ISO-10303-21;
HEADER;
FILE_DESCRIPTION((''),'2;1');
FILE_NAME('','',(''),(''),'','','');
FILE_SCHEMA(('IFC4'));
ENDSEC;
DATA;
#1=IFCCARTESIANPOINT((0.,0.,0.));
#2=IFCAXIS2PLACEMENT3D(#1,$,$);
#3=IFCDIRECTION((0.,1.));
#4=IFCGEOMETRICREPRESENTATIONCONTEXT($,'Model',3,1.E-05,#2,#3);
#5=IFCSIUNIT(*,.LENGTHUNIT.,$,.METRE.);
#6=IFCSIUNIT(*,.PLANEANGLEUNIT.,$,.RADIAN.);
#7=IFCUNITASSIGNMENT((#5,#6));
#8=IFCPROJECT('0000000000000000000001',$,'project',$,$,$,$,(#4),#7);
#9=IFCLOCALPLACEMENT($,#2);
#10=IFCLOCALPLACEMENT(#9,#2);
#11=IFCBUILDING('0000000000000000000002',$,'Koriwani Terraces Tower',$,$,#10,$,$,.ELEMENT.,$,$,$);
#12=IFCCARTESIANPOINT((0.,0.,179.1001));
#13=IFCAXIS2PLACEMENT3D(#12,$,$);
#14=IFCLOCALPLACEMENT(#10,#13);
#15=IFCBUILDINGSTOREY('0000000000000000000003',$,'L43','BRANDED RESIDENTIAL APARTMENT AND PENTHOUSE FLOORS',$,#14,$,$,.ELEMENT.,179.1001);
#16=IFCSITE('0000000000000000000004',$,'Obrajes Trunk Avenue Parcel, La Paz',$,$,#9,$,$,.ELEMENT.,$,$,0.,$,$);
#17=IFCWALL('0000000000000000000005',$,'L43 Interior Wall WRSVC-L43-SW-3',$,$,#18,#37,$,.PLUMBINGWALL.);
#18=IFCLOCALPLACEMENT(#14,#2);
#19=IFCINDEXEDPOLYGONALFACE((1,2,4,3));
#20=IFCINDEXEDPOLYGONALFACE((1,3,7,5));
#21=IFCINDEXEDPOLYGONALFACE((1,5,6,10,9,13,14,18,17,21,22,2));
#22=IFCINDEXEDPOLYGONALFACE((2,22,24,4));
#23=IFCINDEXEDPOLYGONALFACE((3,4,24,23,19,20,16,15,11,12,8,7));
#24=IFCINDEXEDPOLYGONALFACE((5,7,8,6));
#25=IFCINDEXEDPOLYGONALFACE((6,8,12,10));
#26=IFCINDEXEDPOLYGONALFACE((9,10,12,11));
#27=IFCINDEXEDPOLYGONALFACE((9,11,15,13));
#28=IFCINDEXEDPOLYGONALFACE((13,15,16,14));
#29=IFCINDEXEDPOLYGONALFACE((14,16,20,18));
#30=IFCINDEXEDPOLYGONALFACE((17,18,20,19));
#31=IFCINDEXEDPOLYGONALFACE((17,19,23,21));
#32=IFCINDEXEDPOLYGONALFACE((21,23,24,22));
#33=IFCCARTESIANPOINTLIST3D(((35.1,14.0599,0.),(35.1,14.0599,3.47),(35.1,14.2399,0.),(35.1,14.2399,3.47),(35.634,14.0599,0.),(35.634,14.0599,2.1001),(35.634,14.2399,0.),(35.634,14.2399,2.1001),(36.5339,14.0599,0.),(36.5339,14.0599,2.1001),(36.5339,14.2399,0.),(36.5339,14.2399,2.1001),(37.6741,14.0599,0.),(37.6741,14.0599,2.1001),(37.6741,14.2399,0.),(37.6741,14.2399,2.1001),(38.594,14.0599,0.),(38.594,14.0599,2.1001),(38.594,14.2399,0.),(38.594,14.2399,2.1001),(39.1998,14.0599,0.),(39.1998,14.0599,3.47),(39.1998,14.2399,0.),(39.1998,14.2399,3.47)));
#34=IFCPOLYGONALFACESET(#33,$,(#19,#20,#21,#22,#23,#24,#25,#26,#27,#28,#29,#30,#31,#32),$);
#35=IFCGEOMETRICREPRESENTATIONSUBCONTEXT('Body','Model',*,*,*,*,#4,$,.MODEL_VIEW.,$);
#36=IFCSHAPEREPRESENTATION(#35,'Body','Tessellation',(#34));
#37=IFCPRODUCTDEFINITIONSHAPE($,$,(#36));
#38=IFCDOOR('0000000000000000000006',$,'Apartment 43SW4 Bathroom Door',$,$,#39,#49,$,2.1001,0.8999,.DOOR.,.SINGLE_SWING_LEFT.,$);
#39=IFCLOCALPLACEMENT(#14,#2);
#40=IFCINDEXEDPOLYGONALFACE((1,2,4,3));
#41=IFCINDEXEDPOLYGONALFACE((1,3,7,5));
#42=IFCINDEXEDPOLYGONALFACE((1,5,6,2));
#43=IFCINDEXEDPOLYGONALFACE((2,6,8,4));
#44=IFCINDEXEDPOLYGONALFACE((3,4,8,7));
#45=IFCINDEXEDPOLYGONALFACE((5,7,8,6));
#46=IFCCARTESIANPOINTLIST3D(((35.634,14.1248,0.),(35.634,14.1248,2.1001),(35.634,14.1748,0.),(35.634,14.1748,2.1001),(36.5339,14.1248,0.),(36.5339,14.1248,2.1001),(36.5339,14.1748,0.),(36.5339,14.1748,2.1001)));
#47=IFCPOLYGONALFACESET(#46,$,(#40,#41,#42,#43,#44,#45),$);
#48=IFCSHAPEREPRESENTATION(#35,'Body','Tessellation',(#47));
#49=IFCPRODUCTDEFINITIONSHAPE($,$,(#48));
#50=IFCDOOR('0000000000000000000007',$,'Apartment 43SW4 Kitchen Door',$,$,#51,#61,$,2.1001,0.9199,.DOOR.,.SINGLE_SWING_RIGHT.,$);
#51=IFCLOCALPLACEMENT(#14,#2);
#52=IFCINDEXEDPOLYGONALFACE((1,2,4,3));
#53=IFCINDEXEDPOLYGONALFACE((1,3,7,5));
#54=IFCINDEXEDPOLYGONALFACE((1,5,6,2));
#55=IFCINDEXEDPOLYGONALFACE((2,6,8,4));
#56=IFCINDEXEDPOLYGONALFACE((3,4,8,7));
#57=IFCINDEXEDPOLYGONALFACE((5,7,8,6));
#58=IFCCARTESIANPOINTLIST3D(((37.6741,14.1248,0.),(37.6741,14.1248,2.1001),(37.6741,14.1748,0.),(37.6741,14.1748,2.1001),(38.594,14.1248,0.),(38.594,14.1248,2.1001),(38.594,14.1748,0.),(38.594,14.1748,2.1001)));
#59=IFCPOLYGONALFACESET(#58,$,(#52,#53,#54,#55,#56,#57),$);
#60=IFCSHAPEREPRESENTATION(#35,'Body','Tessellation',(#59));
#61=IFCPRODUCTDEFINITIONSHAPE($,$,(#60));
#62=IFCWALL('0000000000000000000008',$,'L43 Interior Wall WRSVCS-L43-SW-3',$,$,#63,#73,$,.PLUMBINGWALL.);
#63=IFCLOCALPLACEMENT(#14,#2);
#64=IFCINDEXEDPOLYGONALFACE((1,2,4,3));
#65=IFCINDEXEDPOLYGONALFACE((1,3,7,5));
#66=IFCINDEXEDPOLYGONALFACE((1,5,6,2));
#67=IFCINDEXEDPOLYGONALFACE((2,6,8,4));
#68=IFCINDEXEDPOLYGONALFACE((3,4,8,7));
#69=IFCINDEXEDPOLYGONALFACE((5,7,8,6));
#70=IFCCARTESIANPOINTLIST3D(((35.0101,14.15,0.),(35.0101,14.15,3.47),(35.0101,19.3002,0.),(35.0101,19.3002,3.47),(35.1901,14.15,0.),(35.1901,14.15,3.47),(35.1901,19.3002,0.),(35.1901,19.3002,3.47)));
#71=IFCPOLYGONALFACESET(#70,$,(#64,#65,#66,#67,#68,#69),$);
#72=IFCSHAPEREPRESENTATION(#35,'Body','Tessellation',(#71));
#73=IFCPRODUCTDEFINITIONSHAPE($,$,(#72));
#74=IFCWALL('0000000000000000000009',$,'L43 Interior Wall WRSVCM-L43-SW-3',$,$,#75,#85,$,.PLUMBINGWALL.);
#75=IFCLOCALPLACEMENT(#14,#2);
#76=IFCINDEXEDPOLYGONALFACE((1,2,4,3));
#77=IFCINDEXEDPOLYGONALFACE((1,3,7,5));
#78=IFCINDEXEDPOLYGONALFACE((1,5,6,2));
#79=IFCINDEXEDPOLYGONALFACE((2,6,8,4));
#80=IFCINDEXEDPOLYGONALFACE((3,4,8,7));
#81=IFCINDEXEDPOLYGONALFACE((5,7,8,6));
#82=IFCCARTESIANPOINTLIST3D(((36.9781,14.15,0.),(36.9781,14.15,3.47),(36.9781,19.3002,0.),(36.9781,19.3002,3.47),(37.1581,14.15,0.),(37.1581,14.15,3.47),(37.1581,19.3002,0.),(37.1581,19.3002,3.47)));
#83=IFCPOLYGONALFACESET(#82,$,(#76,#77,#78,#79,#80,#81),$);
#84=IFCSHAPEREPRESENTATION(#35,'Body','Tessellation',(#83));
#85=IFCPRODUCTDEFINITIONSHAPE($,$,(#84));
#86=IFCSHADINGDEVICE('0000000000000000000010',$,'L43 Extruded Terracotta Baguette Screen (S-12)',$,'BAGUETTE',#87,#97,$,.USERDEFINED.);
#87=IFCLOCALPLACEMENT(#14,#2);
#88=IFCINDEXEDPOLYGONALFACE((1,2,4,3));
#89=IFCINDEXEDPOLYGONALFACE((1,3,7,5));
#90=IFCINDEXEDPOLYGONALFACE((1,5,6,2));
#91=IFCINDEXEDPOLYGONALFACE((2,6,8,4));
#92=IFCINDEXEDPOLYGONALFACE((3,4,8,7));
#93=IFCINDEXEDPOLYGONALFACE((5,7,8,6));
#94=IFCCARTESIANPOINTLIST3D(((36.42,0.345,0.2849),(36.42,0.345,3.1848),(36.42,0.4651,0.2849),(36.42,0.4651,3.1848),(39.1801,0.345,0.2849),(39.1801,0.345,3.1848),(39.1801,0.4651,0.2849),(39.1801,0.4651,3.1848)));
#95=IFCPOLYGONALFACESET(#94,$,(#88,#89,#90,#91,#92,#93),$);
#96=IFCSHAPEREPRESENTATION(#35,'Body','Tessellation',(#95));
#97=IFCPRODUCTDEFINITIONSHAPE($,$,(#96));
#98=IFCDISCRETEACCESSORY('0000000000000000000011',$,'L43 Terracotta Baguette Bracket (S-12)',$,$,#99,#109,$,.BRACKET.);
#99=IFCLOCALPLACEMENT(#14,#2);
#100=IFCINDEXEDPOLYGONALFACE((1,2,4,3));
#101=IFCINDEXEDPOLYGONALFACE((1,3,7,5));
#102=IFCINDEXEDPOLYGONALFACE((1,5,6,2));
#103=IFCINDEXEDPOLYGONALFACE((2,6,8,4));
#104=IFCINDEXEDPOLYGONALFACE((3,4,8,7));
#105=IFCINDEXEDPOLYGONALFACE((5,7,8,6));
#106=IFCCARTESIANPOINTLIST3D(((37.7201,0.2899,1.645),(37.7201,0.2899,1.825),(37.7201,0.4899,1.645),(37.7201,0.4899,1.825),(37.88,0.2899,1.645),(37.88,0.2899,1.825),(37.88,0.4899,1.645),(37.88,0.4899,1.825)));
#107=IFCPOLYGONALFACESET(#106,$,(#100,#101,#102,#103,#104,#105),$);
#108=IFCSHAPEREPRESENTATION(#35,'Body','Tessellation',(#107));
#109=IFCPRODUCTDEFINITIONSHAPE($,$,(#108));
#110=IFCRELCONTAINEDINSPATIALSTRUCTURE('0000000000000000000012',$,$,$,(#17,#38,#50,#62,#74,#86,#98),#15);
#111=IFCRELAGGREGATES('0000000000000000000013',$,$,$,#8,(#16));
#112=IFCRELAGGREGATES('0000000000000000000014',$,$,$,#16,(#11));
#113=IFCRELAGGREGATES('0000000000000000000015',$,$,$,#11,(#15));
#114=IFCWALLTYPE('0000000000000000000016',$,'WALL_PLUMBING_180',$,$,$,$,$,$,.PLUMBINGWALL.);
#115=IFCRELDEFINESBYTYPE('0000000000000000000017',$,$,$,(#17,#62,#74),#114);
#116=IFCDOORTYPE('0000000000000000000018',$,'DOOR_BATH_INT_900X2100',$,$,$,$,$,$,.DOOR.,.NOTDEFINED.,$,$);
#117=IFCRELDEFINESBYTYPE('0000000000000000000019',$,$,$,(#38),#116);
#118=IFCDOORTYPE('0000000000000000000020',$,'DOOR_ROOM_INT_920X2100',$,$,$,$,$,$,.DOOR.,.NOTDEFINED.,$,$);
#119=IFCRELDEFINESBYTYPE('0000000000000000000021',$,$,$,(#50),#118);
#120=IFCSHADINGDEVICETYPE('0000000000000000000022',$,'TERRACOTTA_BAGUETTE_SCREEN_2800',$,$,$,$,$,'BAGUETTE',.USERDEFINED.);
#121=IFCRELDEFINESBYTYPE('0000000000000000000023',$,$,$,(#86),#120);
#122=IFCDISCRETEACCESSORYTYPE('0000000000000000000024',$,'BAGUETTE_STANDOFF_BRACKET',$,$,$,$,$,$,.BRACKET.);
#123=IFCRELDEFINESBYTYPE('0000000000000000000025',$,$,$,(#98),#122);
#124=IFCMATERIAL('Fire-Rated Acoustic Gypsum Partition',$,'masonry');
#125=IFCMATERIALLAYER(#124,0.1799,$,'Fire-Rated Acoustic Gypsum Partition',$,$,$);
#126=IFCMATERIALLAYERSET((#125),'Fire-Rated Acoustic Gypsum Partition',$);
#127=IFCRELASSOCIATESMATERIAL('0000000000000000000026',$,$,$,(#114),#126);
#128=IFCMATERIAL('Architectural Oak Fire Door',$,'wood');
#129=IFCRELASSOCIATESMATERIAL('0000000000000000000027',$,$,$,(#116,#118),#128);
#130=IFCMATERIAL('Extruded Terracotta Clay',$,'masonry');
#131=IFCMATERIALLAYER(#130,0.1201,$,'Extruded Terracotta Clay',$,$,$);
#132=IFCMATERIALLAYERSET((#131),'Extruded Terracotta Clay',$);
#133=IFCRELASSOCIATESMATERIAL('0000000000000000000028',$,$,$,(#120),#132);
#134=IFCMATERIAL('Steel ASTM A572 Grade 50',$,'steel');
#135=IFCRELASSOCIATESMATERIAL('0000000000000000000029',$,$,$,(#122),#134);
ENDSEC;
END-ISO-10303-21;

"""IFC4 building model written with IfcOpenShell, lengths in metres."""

from ifc_helpers import new_model, si_unit, direction, frame, frame_2d, origin, origin_2d, place, context, subcontext, project, spatial, rectangle, extrude, material, layer, layer_set, type_object, element, fill, save


model = new_model("IFC4")

# Units and contexts
model_context = context("Model", 3, precision=1e-05, world=origin(), true_north=direction((0.0, 1.0)))
body_context = subcontext(model_context, "Body", "Model", "MODEL_VIEW")
ifc_project = project(units=[si_unit("LENGTHUNIT", "METRE"), si_unit("PLANEANGLEUNIT", "RADIAN")], contexts=[model_context])

# Site, building, storey
site_placement = place(None, origin())
site = spatial("IfcSite", under=ifc_project, at=site_placement, Name="Obrajes Trunk Avenue Parcel, La Paz", CompositionType="ELEMENT", RefElevation=0.0)
building_placement = place(site_placement, origin())
building = spatial("IfcBuilding", under=site, at=building_placement, Name="Koriwani Terraces Tower", CompositionType="ELEMENT")
storey_placement = place(building_placement, frame((0.0, 0.0, 179.1001)))
storey = spatial("IfcBuildingStorey", under=building, at=storey_placement, Name="L43", Description="BRANDED RESIDENTIAL APARTMENT AND PENTHOUSE FLOORS", CompositionType="ELEMENT", Elevation=179.1001)

# Shared definitions
ifc_material_1 = material(Name="Steel ASTM A572 Grade 50", Category="steel")

# Shared definitions
ifc_material_2 = material(Name="Fire-Rated Acoustic Gypsum Partition", Category="masonry")
ifc_layer_1 = layer(ifc_material_2, 0.1799, Name="Fire-Rated Acoustic Gypsum Partition")
ifc_layer_set_1 = layer_set([ifc_layer_1], Name="Fire-Rated Acoustic Gypsum Partition")
wall_type_1 = type_object("IfcWallType", Name="WALL_PLUMBING_180", PredefinedType="PLUMBINGWALL", material=ifc_layer_set_1)
ifc_material_3 = material(Name="Architectural Oak Fire Door", Category="wood")
door_type_1 = type_object("IfcDoorType", Name="DOOR_BATH_INT_900X2100", OperationType="NOTDEFINED", PredefinedType="DOOR", material=ifc_material_3)
door_type_2 = type_object("IfcDoorType", Name="DOOR_ROOM_INT_920X2100", OperationType="NOTDEFINED", PredefinedType="DOOR", material=ifc_material_3)

# Wall, openings, doors
wall_1_placement = place(storey_placement, frame((35.1001, 14.1499, 0.0), z_axis=(0.0, 0.0, 1.0), x_axis=(1.0, 0.0, 0.0)))
wall_1 = element("IfcWall", 1, at=wall_1_placement, inside=storey, type_object=wall_type_1, Name="L43 Interior Wall WRSVC-L43-SW-3", PredefinedType="PLUMBINGWALL", context=body_context, shape_type="SweptSolid", body=[
    extrude(rectangle(XDim=4.0999, YDim=0.1799, at=frame_2d((2.0498, 0.0))), origin(), (0.0, 0.0, 1.0), 3.47),
])
opening_1_placement = place(wall_1_placement, frame((0.5339, 0.0, 0.0)))
opening_1 = element("IfcOpeningElement", 2, at=opening_1_placement, cuts=wall_1, PredefinedType="OPENING", context=body_context, shape_type="SweptSolid", body=[
    extrude(rectangle(XDim=0.8999, YDim=2.1001, at=frame_2d((0.45, 1.05))), frame((0.0, 0.1001, 0.0), z_axis=(0.0, -1.0, 0.0), x_axis=(1.0, 0.0, 0.0)), (0.0, 0.0, 1.0), 0.2),
])
opening_2_placement = place(wall_1_placement, frame((2.574, 0.0, 0.0)))
opening_2 = element("IfcOpeningElement", 3, at=opening_2_placement, cuts=wall_1, PredefinedType="OPENING", context=body_context, shape_type="SweptSolid", body=[
    extrude(rectangle(XDim=0.9199, YDim=2.1001, at=frame_2d((0.46, 1.05))), frame((0.0, 0.1001, 0.0), z_axis=(0.0, -1.0, 0.0), x_axis=(1.0, 0.0, 0.0)), (0.0, 0.0, 1.0), 0.2),
])
door_1_placement = place(opening_1_placement, origin())
door_1 = element("IfcDoor", 4, at=door_1_placement, inside=storey, type_object=door_type_1, Name="Apartment 43SW4 Bathroom Door", OperationType="SINGLE_SWING_LEFT", OverallHeight=2.1001, OverallWidth=0.8999, PredefinedType="DOOR", context=body_context, shape_type="SweptSolid", body=[
    extrude(rectangle(XDim=0.8999, YDim=2.1001, at=frame_2d((0.45, 1.05))), frame((0.0, 0.0249, 0.0), z_axis=(0.0, -1.0, 0.0), x_axis=(1.0, 0.0, 0.0)), (0.0, 0.0, 1.0), 0.05),
])
fill(opening_1, door_1)
door_2_placement = place(opening_2_placement, origin())
door_2 = element("IfcDoor", 5, at=door_2_placement, inside=storey, type_object=door_type_2, Name="Apartment 43SW4 Kitchen Door", OperationType="SINGLE_SWING_RIGHT", OverallHeight=2.1001, OverallWidth=0.9199, PredefinedType="DOOR", context=body_context, shape_type="SweptSolid", body=[
    extrude(rectangle(XDim=0.9199, YDim=2.1001, at=frame_2d((0.46, 1.05))), frame((0.0, 0.0249, 0.0), z_axis=(0.0, -1.0, 0.0), x_axis=(1.0, 0.0, 0.0)), (0.0, 0.0, 1.0), 0.05),
])
fill(opening_2, door_2)

# Walls
for number, where, z_axis, x_axis, name in (
    (6, (35.1001, 14.1499, 0.0), (0.0, 0.0, 1.0), (0.0, 1.0, 0.0), "L43 Interior Wall WRSVCS-L43-SW-3"),
    (7, (37.0681, 14.1499, 0.0), (0.0, 0.0, 1.0), (0.0, 1.0, 0.0), "L43 Interior Wall WRSVCM-L43-SW-3"),
):
    element("IfcWall", number, at=place(storey_placement, frame(where, z_axis=z_axis, x_axis=x_axis)), inside=storey, type_object=wall_type_1, Name=name, PredefinedType="PLUMBINGWALL", context=body_context, shape_type="SweptSolid", body=[
        extrude(rectangle(XDim=5.1501, YDim=0.1799, at=frame_2d((2.5752, 0.0))), origin(), (0.0, 0.0, 1.0), 3.47),
    ])

# Shading device
ifc_material_4 = material(Name="Extruded Terracotta Clay", Category="masonry")
ifc_layer_2 = layer(ifc_material_4, 0.1201, Name="Extruded Terracotta Clay")
ifc_layer_set_2 = layer_set([ifc_layer_2], Name="Extruded Terracotta Clay")
shading_device_type = type_object("IfcShadingDeviceType", Name="TERRACOTTA_BAGUETTE_SCREEN_2800", ElementType="BAGUETTE", PredefinedType="USERDEFINED", material=ifc_layer_set_2)
shading_device_placement = place(storey_placement, frame((37.8, 0.405, 0.2849), z_axis=(0.0, 0.0, 1.0), x_axis=(-1.0, 0.0, 0.0)))
element("IfcShadingDevice", 8, at=shading_device_placement, inside=storey, type_object=shading_device_type, Name="L43 Extruded Terracotta Baguette Screen (S-12)", ObjectType="BAGUETTE", PredefinedType="USERDEFINED", context=body_context, shape_type="SweptSolid", body=[
    extrude(rectangle(XDim=2.76, YDim=0.1201, at=origin_2d()), origin(), (0.0, 0.0, 1.0), 2.8999),
])

# Discrete accessory
discrete_accessory_type = type_object("IfcDiscreteAccessoryType", Name="BAGUETTE_STANDOFF_BRACKET", PredefinedType="BRACKET", material=ifc_material_1)
discrete_accessory_placement = place(storey_placement, frame((37.8, 0.3899, 1.645), z_axis=(0.0, 0.0, 1.0), x_axis=(-1.0, 0.0, 0.0)))
element("IfcDiscreteAccessory", 9, at=discrete_accessory_placement, inside=storey, type_object=discrete_accessory_type, Name="L43 Terracotta Baguette Bracket (S-12)", PredefinedType="BRACKET", context=body_context, shape_type="SweptSolid", body=[
    extrude(rectangle(XDim=0.1599, YDim=0.2, at=origin_2d()), origin(), (0.0, 0.0, 1.0), 0.1799),
])

save(model, "model.ifc")
